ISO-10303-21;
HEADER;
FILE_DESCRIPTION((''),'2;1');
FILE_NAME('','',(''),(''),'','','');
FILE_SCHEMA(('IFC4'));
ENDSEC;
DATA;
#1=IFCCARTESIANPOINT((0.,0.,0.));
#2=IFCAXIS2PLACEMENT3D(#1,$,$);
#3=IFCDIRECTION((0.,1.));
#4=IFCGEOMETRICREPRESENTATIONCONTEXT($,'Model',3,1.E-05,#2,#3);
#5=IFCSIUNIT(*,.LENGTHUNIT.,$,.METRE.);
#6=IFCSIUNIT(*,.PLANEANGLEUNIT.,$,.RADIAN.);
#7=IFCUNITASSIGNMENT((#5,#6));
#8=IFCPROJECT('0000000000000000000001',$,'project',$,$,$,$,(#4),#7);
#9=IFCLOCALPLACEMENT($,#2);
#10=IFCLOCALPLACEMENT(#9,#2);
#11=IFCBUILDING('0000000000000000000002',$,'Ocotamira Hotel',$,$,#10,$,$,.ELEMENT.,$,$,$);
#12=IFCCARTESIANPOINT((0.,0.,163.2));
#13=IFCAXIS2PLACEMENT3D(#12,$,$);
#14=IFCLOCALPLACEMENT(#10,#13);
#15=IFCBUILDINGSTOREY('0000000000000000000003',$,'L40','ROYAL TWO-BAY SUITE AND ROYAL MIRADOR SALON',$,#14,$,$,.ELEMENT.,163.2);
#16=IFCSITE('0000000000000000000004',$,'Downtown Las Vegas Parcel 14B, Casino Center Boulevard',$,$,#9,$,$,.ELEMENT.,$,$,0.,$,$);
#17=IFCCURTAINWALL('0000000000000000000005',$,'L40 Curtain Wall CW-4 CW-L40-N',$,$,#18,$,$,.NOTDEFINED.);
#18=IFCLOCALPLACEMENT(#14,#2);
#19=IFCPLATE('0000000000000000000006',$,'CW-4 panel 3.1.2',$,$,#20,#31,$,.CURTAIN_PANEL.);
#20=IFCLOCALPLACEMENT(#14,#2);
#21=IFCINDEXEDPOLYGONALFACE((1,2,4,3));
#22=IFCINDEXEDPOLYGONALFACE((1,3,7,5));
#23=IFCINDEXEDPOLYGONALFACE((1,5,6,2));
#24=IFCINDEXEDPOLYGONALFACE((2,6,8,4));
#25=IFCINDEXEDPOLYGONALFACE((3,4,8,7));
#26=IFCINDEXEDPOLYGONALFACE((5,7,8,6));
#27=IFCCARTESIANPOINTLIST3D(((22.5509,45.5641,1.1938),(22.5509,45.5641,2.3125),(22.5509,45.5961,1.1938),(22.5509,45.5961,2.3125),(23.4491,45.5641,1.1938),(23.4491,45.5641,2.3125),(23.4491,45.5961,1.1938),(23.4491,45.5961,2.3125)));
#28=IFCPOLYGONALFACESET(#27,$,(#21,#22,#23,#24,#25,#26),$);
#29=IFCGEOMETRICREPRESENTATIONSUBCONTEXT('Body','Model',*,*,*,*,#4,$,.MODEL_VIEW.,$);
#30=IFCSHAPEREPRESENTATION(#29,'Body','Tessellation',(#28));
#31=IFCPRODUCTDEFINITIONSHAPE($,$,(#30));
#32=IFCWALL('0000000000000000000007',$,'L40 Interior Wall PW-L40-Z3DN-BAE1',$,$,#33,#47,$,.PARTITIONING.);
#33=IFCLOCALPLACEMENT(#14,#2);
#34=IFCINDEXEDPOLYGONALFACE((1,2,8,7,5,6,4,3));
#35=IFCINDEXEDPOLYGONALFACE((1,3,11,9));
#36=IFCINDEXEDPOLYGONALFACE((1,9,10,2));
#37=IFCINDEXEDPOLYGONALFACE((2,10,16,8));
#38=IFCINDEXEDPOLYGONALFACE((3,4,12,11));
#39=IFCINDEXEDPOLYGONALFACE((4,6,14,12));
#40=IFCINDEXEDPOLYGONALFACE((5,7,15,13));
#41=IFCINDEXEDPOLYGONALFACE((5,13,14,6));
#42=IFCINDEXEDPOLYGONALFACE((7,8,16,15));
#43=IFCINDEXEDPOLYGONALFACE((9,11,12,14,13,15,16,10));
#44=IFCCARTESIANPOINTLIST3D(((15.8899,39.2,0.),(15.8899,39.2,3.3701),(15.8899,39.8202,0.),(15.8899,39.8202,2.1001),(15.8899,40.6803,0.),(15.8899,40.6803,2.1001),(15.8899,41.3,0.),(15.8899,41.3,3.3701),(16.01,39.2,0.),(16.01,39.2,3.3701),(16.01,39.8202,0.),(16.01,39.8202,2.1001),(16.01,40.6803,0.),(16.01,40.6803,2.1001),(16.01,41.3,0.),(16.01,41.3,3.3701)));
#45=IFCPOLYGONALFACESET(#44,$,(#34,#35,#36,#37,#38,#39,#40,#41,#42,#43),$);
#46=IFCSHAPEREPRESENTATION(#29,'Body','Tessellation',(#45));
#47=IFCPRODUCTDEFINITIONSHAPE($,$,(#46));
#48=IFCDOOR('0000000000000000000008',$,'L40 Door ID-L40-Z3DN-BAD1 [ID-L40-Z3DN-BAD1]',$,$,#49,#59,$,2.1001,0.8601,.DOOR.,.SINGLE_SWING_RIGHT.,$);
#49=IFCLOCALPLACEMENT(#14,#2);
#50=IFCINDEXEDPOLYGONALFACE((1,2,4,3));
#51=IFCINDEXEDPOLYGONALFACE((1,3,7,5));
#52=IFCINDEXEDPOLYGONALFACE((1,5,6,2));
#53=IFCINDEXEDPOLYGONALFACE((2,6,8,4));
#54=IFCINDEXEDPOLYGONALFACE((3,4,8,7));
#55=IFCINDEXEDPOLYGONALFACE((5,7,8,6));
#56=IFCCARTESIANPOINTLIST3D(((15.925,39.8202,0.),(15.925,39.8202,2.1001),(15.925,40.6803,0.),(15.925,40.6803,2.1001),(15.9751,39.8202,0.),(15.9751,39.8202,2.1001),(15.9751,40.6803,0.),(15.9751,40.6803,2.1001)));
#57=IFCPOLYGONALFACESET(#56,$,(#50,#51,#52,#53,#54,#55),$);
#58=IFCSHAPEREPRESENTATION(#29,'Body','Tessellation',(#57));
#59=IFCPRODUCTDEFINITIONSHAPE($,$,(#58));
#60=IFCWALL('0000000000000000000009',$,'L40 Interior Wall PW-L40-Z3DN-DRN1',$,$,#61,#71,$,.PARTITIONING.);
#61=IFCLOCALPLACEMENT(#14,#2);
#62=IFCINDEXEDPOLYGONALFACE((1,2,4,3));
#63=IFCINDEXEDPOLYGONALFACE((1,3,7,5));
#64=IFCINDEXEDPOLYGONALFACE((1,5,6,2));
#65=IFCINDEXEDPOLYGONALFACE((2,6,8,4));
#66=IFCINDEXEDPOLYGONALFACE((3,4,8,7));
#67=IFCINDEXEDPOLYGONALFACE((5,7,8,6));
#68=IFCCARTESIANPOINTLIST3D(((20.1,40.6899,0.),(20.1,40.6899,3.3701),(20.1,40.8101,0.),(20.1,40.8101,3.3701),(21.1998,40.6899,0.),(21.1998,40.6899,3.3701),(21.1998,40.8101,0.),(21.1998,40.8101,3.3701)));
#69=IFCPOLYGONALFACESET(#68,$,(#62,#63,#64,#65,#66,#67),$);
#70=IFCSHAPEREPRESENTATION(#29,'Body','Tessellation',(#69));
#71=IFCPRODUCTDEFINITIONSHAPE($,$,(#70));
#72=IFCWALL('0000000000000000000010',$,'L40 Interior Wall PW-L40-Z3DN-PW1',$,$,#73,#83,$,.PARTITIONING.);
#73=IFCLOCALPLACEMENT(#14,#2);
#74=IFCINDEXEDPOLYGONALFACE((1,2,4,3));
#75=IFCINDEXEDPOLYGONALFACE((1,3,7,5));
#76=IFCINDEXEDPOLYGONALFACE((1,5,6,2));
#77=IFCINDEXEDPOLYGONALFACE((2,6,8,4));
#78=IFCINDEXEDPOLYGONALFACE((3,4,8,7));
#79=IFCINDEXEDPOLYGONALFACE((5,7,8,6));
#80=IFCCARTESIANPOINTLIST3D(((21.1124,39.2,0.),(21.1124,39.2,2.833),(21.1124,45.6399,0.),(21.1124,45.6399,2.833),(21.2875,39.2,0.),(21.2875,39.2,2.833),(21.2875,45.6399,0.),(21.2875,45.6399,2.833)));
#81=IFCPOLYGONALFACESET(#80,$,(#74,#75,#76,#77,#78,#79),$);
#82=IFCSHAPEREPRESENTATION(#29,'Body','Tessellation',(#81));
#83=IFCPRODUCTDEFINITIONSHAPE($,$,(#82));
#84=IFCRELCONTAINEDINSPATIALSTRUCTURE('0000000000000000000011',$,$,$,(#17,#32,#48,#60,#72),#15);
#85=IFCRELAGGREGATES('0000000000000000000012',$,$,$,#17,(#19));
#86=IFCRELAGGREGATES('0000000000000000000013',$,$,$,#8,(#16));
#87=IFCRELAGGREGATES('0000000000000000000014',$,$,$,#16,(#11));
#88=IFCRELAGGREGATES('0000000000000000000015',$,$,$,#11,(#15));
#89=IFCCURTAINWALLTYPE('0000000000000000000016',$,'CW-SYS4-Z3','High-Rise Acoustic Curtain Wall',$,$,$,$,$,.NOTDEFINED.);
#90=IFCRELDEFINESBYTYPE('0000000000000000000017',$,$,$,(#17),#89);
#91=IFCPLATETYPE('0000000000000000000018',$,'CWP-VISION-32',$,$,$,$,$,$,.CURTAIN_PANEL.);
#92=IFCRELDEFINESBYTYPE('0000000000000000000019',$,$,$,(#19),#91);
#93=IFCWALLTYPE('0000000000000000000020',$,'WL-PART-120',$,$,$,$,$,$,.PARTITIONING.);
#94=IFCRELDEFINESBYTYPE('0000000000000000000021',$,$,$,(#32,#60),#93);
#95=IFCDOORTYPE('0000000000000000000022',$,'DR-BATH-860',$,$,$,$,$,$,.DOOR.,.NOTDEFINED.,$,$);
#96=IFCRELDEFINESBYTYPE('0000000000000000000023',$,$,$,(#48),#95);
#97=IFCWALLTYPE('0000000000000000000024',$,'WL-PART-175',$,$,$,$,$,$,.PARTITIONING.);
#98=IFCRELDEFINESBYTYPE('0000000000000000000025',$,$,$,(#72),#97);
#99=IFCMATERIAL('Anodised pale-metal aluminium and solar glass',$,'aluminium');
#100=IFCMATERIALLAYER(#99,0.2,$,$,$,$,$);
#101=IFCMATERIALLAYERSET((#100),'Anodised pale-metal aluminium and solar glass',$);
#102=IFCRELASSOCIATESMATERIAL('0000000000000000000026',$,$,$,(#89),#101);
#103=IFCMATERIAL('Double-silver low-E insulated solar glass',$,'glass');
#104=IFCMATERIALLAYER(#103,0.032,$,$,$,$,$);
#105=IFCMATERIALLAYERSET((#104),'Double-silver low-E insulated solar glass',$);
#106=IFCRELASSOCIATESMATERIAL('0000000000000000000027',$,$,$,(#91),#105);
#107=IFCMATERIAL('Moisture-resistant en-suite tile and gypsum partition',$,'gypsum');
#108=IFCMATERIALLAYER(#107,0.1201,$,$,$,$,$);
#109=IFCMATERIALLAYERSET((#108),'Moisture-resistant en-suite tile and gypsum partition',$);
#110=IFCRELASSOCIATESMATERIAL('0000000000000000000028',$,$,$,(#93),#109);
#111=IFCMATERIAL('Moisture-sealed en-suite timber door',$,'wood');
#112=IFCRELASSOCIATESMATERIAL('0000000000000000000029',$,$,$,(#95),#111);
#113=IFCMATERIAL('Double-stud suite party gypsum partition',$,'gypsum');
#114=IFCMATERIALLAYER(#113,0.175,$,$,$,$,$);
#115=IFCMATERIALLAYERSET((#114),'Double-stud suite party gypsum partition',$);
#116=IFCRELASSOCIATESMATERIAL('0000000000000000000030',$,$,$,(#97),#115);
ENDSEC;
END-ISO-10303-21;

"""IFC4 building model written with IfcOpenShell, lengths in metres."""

from ifc_helpers import new_model, si_unit, direction, frame, frame_2d, origin, origin_2d, place, context, subcontext, project, spatial, rectangle, extrude, source, transform, mapped, material, layer, layer_set, type_object, element, fill, aggregate, save


model = new_model("IFC4")

# Units and contexts
model_context = context("Model", 3, precision=1e-05, world=origin(), true_north=direction((0.0, 1.0)))
body_context = subcontext(model_context, "Body", "Model", "MODEL_VIEW")
ifc_project = project(units=[si_unit("LENGTHUNIT", "METRE"), si_unit("PLANEANGLEUNIT", "RADIAN")], contexts=[model_context])

# Site, building, storey
site_placement = place(None, origin())
site = spatial("IfcSite", under=ifc_project, at=site_placement, Name="Downtown Las Vegas Parcel 14B, Casino Center Boulevard", CompositionType="ELEMENT", RefElevation=0.0)
building_placement = place(site_placement, origin())
building = spatial("IfcBuilding", under=site, at=building_placement, Name="Ocotamira Hotel", CompositionType="ELEMENT")
storey_placement = place(building_placement, frame((0.0, 0.0, 163.2)))
storey = spatial("IfcBuildingStorey", under=building, at=storey_placement, Name="L40", Description="ROYAL TWO-BAY SUITE AND ROYAL MIRADOR SALON", CompositionType="ELEMENT", Elevation=163.2)

# Curtain wall
ifc_material_1 = material(Name="Anodised pale-metal aluminium and solar glass", Category="aluminium")
ifc_layer_1 = layer(ifc_material_1, 0.2)
ifc_layer_set_1 = layer_set([ifc_layer_1], Name="Anodised pale-metal aluminium and solar glass")
curtain_wall_type = type_object("IfcCurtainWallType", Name="CW-SYS4-Z3", Description="High-Rise Acoustic Curtain Wall", PredefinedType="NOTDEFINED", material=ifc_layer_set_1)
curtain_wall_placement = place(storey_placement, origin())
curtain_wall = element("IfcCurtainWall", 1, at=curtain_wall_placement, inside=storey, type_object=curtain_wall_type, Name="L40 Curtain Wall CW-4 CW-L40-N", PredefinedType="NOTDEFINED")

# Plate
ifc_material_2 = material(Name="Double-silver low-E insulated solar glass", Category="glass")
ifc_layer_2 = layer(ifc_material_2, 0.032)
ifc_layer_set_2 = layer_set([ifc_layer_2], Name="Double-silver low-E insulated solar glass")
plate_type_1 = type_object("IfcPlateType", Name="CWP-VISION-32", PredefinedType="CURTAIN_PANEL", material=ifc_layer_set_2)
shared_shape_1 = source(origin(), body_context, "Body", "SweptSolid", [
    extrude(rectangle(XDim=0.8982, YDim=0.032, at=origin_2d()), origin(), (0.0, 0.0, 1.0), 1.1187),
])
plate_1_placement = place(storey_placement, frame((23.0, 45.5801, 1.1938), z_axis=(0.0, 0.0, 1.0), x_axis=(1.0, 0.0, 0.0)))
plate_1 = element("IfcPlate", 2, at=plate_1_placement, type_object=plate_type_1, Name="CW-4 panel 3.1.2", PredefinedType="CURTAIN_PANEL", context=body_context, shape_type="MappedRepresentation", body=[
    mapped(shared_shape_1, transform((0.0, 0.0, 0.0), scale=1.0)),
])
aggregate(curtain_wall, [plate_1])

# Wall, opening, door
ifc_material_3 = material(Name="Moisture-resistant en-suite tile and gypsum partition", Category="gypsum")
ifc_layer_3 = layer(ifc_material_3, 0.1201)
ifc_layer_set_3 = layer_set([ifc_layer_3], Name="Moisture-resistant en-suite tile and gypsum partition")
wall_type_1 = type_object("IfcWallType", Name="WL-PART-120", PredefinedType="PARTITIONING", material=ifc_layer_set_3)
wall_1_placement = place(storey_placement, frame((15.95, 39.2, 0.0), z_axis=(0.0, 0.0, 1.0), x_axis=(0.0, 1.0, 0.0)))
wall_1 = element("IfcWall", 3, at=wall_1_placement, inside=storey, type_object=wall_type_1, Name="L40 Interior Wall PW-L40-Z3DN-BAE1", PredefinedType="PARTITIONING", context=body_context, shape_type="SweptSolid", body=[
    extrude(rectangle(XDim=2.1001, YDim=0.1201, at=frame_2d((1.05, 0.0))), origin(), (0.0, 0.0, 1.0), 3.3701),
])
opening_placement = place(wall_1_placement, frame((0.6201, 0.0, 0.0)))
opening = element("IfcOpeningElement", 4, at=opening_placement, cuts=wall_1, PredefinedType="OPENING", context=body_context, shape_type="SweptSolid", body=[
    extrude(rectangle(XDim=0.8601, YDim=2.1001, at=frame_2d((0.4302, 1.05))), frame((0.0, 0.0701, 0.0), z_axis=(0.0, -1.0, 0.0), x_axis=(1.0, 0.0, 0.0)), (0.0, 0.0, 1.0), 0.1401),
])
ifc_material_4 = material(Name="Moisture-sealed en-suite timber door", Category="wood")
door_type = type_object("IfcDoorType", Name="DR-BATH-860", OperationType="NOTDEFINED", PredefinedType="DOOR", material=ifc_material_4)
shared_shape_2 = source(origin(), body_context, "Body", "SweptSolid", [
    extrude(rectangle(XDim=0.8601, YDim=2.1001, at=frame_2d((0.4302, 1.05))), frame((0.0, 0.0249, 0.0), z_axis=(0.0, -1.0, 0.0), x_axis=(1.0, 0.0, 0.0)), (0.0, 0.0, 1.0), 0.05),
])
door_placement = place(opening_placement, origin())
door = element("IfcDoor", 5, at=door_placement, inside=storey, type_object=door_type, Name="L40 Door ID-L40-Z3DN-BAD1 [ID-L40-Z3DN-BAD1]", OperationType="SINGLE_SWING_RIGHT", OverallHeight=2.1001, OverallWidth=0.8601, PredefinedType="DOOR", context=body_context, shape_type="MappedRepresentation", body=[
    mapped(shared_shape_2, transform((0.0, 0.0, 0.0), scale=1.0)),
])
fill(opening, door)

# Walls
wall_2_placement = place(storey_placement, frame((20.1001, 40.75, 0.0), z_axis=(0.0, 0.0, 1.0), x_axis=(1.0, 0.0, 0.0)))
element("IfcWall", 6, at=wall_2_placement, inside=storey, type_object=wall_type_1, Name="L40 Interior Wall PW-L40-Z3DN-DRN1", PredefinedType="PARTITIONING", context=body_context, shape_type="SweptSolid", body=[
    extrude(rectangle(XDim=1.0999, YDim=0.1201, at=frame_2d((0.5498, 0.0))), origin(), (0.0, 0.0, 1.0), 3.3701),
])
ifc_material_5 = material(Name="Double-stud suite party gypsum partition", Category="gypsum")
ifc_layer_4 = layer(ifc_material_5, 0.175)
ifc_layer_set_4 = layer_set([ifc_layer_4], Name="Double-stud suite party gypsum partition")
wall_type_2 = type_object("IfcWallType", Name="WL-PART-175", PredefinedType="PARTITIONING", material=ifc_layer_set_4)
wall_3_placement = place(storey_placement, frame((21.2, 39.2, 0.0), z_axis=(0.0, 0.0, 1.0), x_axis=(0.0, 1.0, 0.0)))
element("IfcWall", 7, at=wall_3_placement, inside=storey, type_object=wall_type_2, Name="L40 Interior Wall PW-L40-Z3DN-PW1", PredefinedType="PARTITIONING", context=body_context, shape_type="SweptSolid", body=[
    extrude(rectangle(XDim=6.4399, YDim=0.175, at=frame_2d((3.22, 0.0))), origin(), (0.0, 0.0, 1.0), 2.833),
])

save(model, "model.ifc")
